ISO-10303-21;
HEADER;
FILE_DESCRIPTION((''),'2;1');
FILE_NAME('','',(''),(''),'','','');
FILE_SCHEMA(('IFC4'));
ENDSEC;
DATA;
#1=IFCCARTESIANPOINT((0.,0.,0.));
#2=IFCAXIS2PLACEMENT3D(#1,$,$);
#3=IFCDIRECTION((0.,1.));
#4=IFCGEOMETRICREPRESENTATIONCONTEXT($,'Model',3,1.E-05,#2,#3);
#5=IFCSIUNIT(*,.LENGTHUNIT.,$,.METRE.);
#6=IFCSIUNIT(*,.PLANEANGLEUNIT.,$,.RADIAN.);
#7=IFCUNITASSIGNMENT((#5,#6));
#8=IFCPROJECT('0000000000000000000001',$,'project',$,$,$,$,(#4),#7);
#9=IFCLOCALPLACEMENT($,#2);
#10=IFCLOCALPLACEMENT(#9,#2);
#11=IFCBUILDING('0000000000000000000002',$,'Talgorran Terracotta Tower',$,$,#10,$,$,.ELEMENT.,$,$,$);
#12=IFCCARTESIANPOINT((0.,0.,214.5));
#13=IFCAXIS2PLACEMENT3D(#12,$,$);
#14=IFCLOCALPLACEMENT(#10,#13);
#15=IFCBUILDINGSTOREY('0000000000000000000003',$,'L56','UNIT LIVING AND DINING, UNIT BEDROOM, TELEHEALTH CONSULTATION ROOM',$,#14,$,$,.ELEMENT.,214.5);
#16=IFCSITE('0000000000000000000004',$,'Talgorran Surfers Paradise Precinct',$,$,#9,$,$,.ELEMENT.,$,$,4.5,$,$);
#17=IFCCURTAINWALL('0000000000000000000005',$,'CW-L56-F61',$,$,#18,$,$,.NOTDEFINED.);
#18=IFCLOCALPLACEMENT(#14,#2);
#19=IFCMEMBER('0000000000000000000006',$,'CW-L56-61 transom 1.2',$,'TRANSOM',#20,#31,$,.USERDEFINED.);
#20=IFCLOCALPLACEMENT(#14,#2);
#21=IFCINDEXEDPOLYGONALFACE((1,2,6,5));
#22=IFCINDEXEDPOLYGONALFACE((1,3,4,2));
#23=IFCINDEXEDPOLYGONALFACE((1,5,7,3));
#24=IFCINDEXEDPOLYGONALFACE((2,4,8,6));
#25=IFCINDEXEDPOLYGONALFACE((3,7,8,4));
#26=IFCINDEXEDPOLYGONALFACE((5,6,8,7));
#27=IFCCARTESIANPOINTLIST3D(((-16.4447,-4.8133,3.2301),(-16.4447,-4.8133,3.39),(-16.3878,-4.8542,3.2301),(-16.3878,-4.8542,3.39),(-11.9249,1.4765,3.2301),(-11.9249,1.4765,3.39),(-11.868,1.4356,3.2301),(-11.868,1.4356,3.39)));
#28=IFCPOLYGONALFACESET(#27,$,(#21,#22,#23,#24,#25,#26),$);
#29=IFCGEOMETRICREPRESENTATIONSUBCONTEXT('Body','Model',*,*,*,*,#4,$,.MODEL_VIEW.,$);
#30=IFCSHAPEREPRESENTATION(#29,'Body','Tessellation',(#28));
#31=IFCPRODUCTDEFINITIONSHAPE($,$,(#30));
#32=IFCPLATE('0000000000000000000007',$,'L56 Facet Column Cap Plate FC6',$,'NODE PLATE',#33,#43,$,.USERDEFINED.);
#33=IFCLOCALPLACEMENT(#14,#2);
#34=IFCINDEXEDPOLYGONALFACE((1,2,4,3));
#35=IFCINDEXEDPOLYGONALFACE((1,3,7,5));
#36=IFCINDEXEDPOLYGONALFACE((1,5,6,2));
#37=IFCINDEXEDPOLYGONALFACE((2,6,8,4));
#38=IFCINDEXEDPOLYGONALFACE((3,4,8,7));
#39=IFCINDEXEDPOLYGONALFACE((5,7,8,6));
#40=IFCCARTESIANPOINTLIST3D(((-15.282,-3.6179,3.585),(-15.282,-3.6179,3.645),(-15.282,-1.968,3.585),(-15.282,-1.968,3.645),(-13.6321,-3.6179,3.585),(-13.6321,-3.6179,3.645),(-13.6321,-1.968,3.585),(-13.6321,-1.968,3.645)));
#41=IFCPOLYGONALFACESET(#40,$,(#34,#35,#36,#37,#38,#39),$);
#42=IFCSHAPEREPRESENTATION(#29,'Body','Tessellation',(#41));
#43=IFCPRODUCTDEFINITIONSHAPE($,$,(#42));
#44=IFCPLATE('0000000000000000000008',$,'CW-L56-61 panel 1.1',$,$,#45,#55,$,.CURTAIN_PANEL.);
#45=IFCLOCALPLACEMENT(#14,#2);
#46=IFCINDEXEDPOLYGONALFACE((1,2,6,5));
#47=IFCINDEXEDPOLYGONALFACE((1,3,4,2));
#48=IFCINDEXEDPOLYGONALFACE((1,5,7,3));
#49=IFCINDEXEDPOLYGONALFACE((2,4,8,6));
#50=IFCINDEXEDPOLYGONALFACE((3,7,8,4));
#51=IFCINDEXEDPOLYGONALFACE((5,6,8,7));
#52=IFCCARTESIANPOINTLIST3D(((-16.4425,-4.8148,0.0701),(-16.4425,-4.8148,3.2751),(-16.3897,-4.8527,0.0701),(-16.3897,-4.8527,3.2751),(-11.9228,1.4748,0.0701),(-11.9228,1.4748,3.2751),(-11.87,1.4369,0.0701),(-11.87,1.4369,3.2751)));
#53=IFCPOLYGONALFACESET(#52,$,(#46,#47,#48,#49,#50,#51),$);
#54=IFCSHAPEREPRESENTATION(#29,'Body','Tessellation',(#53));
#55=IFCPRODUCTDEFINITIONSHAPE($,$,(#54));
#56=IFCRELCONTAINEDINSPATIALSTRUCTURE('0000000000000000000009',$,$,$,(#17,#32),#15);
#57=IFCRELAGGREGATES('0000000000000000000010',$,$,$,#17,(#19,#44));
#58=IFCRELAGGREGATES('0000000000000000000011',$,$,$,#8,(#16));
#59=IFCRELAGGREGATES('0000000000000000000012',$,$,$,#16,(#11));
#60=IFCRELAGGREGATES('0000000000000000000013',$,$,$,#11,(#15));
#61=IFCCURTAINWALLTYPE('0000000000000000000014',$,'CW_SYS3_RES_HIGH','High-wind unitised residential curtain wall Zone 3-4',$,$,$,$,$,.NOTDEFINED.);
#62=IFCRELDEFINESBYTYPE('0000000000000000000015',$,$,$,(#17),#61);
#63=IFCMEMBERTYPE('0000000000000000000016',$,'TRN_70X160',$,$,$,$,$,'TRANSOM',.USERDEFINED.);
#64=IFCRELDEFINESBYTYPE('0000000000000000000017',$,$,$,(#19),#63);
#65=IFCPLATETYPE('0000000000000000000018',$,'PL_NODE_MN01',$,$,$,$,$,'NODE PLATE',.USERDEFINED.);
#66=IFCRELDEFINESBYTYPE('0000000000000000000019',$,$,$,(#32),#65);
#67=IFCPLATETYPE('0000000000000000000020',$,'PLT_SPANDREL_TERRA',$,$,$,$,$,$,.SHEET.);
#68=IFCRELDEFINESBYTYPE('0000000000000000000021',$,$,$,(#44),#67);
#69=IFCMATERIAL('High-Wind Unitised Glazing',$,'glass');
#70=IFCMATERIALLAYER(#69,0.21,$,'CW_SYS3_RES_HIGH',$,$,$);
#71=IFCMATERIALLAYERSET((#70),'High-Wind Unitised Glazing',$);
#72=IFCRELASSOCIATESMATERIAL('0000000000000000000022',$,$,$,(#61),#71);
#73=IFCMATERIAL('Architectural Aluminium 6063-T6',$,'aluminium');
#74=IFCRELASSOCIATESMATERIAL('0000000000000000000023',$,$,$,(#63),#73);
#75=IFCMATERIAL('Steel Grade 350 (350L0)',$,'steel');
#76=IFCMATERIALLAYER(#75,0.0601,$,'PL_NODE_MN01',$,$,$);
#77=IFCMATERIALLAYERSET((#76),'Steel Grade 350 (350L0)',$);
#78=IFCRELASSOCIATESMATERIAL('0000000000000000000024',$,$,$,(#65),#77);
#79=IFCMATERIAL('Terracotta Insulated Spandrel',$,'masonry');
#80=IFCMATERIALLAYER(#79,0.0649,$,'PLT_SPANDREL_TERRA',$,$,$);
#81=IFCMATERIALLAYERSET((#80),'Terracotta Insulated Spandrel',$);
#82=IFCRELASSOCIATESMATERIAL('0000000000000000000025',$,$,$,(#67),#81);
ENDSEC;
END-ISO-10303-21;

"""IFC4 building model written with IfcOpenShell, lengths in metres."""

from ifc_helpers import new_model, si_unit, direction, frame, origin, origin_2d, place, context, subcontext, project, spatial, rectangle, extrude, source, transform, mapped, material, layer, layer_set, material_profile, profile_set, type_object, type_shapes, element, aggregate, save


model = new_model("IFC4")

# Units and contexts
model_context = context("Model", 3, precision=1e-05, world=origin(), true_north=direction((0.0, 1.0)))
body_context = subcontext(model_context, "Body", "Model", "MODEL_VIEW")
ifc_project = project(units=[si_unit("LENGTHUNIT", "METRE"), si_unit("PLANEANGLEUNIT", "RADIAN")], contexts=[model_context])

# Site, building, storey
site_placement = place(None, origin())
site = spatial("IfcSite", under=ifc_project, at=site_placement, Name="Talgorran Surfers Paradise Precinct", CompositionType="ELEMENT", RefElevation=4.5)
building_placement = place(site_placement, origin())
building = spatial("IfcBuilding", under=site, at=building_placement, Name="Talgorran Terracotta Tower", CompositionType="ELEMENT")
storey_placement = place(building_placement, frame((0.0, 0.0, 214.5)))
storey = spatial("IfcBuildingStorey", under=building, at=storey_placement, Name="L56", Description="UNIT LIVING AND DINING, UNIT BEDROOM, TELEHEALTH CONSULTATION ROOM", CompositionType="ELEMENT", Elevation=214.5)

# Shared definitions
ifc_material_1 = material(Name="Steel Grade 350 (350L0)", Category="steel")

# Curtain wall, member
ifc_material_2 = material(Name="High-Wind Unitised Glazing", Category="glass")
ifc_layer_1 = layer(ifc_material_2, 0.21, Name="CW_SYS3_RES_HIGH")
ifc_layer_set_1 = layer_set([ifc_layer_1], Name="High-Wind Unitised Glazing")
curtain_wall_type = type_object("IfcCurtainWallType", Name="CW_SYS3_RES_HIGH", Description="High-wind unitised residential curtain wall Zone 3-4", PredefinedType="NOTDEFINED", material=ifc_layer_set_1)
curtain_wall_placement = place(storey_placement, origin())
curtain_wall = element("IfcCurtainWall", 1, at=curtain_wall_placement, inside=storey, type_object=curtain_wall_type, Name="CW-L56-F61", PredefinedType="NOTDEFINED")
ifc_material_3 = material(Name="Architectural Aluminium 6063-T6", Category="aluminium")
ifc_material_profile_1 = material_profile(ifc_material_3, rectangle(XDim=0.0701, YDim=0.1599, at=origin_2d()), Name="CWT70X160")
ifc_profile_set_1 = profile_set([ifc_material_profile_1], Name="Architectural Aluminium 6063-T6")
member_type_1 = type_object("IfcMemberType", Name="TRN_70X160", ElementType="TRANSOM", PredefinedType="USERDEFINED", material=ifc_profile_set_1)
member_1_placement = place(storey_placement, frame((-11.8965, 1.4561, 3.3101), z_axis=(-0.58355, -0.812077, 0.0), x_axis=(0.812077, -0.58355, 0.0)))
member_1 = element("IfcMember", 2, at=member_1_placement, type_object=member_type_1, Name="CW-L56-61 transom 1.2", ObjectType="TRANSOM", PredefinedType="USERDEFINED", context=body_context, shape_type="SweptSolid", body=[
    extrude(rectangle(XDim=0.0701, YDim=0.1599, at=origin_2d()), origin(), (0.0, 0.0, 1.0), 7.7454),
])

# Plates
ifc_layer_2 = layer(ifc_material_1, 0.0601, Name="PL_NODE_MN01")
ifc_layer_set_2 = layer_set([ifc_layer_2], Name="Steel Grade 350 (350L0)")
plate_type_1 = type_object("IfcPlateType", Name="PL_NODE_MN01", ElementType="NODE PLATE", PredefinedType="USERDEFINED", material=ifc_layer_set_2)
plate_1_placement = place(storey_placement, frame((-14.457, -2.793, 3.585), z_axis=(0.0, 0.0, 1.0), x_axis=(1.0, 0.0, 0.0)))
element("IfcPlate", 3, at=plate_1_placement, inside=storey, type_object=plate_type_1, Name="L56 Facet Column Cap Plate FC6", ObjectType="NODE PLATE", PredefinedType="USERDEFINED", context=body_context, shape_type="SweptSolid", body=[
    extrude(rectangle(XDim=1.6499, YDim=1.6499, at=origin_2d()), origin(), (0.0, 0.0, 1.0), 0.0601),
])
ifc_material_4 = material(Name="Terracotta Insulated Spandrel", Category="masonry")
ifc_layer_3 = layer(ifc_material_4, 0.0649, Name="PLT_SPANDREL_TERRA")
ifc_layer_set_3 = layer_set([ifc_layer_3], Name="Terracotta Insulated Spandrel")
plate_type_2 = type_object("IfcPlateType", Name="PLT_SPANDREL_TERRA", PredefinedType="SHEET", material=ifc_layer_set_3)
shared_shape = source(origin(), body_context, "Body", "SweptSolid", [
    extrude(rectangle(XDim=7.7451, YDim=0.0649, at=origin_2d()), origin(), (0.0, 0.0, 1.0), 3.2051),
])
type_shapes(plate_type_2, [shared_shape])
plate_2_placement = place(storey_placement, frame((-14.1562, -1.689, 0.0701), z_axis=(0.0, 0.0, 1.0), x_axis=(-0.583552, -0.812075, 0.0)))
plate_2 = element("IfcPlate", 4, at=plate_2_placement, type_object=plate_type_2, Name="CW-L56-61 panel 1.1", PredefinedType="CURTAIN_PANEL", context=body_context, shape_type="MappedRepresentation", body=[
    mapped(shared_shape, transform((0.0, 0.0, 0.0), scale=1.0)),
])
aggregate(curtain_wall, [member_1, plate_2])

save(model, "model.ifc")
